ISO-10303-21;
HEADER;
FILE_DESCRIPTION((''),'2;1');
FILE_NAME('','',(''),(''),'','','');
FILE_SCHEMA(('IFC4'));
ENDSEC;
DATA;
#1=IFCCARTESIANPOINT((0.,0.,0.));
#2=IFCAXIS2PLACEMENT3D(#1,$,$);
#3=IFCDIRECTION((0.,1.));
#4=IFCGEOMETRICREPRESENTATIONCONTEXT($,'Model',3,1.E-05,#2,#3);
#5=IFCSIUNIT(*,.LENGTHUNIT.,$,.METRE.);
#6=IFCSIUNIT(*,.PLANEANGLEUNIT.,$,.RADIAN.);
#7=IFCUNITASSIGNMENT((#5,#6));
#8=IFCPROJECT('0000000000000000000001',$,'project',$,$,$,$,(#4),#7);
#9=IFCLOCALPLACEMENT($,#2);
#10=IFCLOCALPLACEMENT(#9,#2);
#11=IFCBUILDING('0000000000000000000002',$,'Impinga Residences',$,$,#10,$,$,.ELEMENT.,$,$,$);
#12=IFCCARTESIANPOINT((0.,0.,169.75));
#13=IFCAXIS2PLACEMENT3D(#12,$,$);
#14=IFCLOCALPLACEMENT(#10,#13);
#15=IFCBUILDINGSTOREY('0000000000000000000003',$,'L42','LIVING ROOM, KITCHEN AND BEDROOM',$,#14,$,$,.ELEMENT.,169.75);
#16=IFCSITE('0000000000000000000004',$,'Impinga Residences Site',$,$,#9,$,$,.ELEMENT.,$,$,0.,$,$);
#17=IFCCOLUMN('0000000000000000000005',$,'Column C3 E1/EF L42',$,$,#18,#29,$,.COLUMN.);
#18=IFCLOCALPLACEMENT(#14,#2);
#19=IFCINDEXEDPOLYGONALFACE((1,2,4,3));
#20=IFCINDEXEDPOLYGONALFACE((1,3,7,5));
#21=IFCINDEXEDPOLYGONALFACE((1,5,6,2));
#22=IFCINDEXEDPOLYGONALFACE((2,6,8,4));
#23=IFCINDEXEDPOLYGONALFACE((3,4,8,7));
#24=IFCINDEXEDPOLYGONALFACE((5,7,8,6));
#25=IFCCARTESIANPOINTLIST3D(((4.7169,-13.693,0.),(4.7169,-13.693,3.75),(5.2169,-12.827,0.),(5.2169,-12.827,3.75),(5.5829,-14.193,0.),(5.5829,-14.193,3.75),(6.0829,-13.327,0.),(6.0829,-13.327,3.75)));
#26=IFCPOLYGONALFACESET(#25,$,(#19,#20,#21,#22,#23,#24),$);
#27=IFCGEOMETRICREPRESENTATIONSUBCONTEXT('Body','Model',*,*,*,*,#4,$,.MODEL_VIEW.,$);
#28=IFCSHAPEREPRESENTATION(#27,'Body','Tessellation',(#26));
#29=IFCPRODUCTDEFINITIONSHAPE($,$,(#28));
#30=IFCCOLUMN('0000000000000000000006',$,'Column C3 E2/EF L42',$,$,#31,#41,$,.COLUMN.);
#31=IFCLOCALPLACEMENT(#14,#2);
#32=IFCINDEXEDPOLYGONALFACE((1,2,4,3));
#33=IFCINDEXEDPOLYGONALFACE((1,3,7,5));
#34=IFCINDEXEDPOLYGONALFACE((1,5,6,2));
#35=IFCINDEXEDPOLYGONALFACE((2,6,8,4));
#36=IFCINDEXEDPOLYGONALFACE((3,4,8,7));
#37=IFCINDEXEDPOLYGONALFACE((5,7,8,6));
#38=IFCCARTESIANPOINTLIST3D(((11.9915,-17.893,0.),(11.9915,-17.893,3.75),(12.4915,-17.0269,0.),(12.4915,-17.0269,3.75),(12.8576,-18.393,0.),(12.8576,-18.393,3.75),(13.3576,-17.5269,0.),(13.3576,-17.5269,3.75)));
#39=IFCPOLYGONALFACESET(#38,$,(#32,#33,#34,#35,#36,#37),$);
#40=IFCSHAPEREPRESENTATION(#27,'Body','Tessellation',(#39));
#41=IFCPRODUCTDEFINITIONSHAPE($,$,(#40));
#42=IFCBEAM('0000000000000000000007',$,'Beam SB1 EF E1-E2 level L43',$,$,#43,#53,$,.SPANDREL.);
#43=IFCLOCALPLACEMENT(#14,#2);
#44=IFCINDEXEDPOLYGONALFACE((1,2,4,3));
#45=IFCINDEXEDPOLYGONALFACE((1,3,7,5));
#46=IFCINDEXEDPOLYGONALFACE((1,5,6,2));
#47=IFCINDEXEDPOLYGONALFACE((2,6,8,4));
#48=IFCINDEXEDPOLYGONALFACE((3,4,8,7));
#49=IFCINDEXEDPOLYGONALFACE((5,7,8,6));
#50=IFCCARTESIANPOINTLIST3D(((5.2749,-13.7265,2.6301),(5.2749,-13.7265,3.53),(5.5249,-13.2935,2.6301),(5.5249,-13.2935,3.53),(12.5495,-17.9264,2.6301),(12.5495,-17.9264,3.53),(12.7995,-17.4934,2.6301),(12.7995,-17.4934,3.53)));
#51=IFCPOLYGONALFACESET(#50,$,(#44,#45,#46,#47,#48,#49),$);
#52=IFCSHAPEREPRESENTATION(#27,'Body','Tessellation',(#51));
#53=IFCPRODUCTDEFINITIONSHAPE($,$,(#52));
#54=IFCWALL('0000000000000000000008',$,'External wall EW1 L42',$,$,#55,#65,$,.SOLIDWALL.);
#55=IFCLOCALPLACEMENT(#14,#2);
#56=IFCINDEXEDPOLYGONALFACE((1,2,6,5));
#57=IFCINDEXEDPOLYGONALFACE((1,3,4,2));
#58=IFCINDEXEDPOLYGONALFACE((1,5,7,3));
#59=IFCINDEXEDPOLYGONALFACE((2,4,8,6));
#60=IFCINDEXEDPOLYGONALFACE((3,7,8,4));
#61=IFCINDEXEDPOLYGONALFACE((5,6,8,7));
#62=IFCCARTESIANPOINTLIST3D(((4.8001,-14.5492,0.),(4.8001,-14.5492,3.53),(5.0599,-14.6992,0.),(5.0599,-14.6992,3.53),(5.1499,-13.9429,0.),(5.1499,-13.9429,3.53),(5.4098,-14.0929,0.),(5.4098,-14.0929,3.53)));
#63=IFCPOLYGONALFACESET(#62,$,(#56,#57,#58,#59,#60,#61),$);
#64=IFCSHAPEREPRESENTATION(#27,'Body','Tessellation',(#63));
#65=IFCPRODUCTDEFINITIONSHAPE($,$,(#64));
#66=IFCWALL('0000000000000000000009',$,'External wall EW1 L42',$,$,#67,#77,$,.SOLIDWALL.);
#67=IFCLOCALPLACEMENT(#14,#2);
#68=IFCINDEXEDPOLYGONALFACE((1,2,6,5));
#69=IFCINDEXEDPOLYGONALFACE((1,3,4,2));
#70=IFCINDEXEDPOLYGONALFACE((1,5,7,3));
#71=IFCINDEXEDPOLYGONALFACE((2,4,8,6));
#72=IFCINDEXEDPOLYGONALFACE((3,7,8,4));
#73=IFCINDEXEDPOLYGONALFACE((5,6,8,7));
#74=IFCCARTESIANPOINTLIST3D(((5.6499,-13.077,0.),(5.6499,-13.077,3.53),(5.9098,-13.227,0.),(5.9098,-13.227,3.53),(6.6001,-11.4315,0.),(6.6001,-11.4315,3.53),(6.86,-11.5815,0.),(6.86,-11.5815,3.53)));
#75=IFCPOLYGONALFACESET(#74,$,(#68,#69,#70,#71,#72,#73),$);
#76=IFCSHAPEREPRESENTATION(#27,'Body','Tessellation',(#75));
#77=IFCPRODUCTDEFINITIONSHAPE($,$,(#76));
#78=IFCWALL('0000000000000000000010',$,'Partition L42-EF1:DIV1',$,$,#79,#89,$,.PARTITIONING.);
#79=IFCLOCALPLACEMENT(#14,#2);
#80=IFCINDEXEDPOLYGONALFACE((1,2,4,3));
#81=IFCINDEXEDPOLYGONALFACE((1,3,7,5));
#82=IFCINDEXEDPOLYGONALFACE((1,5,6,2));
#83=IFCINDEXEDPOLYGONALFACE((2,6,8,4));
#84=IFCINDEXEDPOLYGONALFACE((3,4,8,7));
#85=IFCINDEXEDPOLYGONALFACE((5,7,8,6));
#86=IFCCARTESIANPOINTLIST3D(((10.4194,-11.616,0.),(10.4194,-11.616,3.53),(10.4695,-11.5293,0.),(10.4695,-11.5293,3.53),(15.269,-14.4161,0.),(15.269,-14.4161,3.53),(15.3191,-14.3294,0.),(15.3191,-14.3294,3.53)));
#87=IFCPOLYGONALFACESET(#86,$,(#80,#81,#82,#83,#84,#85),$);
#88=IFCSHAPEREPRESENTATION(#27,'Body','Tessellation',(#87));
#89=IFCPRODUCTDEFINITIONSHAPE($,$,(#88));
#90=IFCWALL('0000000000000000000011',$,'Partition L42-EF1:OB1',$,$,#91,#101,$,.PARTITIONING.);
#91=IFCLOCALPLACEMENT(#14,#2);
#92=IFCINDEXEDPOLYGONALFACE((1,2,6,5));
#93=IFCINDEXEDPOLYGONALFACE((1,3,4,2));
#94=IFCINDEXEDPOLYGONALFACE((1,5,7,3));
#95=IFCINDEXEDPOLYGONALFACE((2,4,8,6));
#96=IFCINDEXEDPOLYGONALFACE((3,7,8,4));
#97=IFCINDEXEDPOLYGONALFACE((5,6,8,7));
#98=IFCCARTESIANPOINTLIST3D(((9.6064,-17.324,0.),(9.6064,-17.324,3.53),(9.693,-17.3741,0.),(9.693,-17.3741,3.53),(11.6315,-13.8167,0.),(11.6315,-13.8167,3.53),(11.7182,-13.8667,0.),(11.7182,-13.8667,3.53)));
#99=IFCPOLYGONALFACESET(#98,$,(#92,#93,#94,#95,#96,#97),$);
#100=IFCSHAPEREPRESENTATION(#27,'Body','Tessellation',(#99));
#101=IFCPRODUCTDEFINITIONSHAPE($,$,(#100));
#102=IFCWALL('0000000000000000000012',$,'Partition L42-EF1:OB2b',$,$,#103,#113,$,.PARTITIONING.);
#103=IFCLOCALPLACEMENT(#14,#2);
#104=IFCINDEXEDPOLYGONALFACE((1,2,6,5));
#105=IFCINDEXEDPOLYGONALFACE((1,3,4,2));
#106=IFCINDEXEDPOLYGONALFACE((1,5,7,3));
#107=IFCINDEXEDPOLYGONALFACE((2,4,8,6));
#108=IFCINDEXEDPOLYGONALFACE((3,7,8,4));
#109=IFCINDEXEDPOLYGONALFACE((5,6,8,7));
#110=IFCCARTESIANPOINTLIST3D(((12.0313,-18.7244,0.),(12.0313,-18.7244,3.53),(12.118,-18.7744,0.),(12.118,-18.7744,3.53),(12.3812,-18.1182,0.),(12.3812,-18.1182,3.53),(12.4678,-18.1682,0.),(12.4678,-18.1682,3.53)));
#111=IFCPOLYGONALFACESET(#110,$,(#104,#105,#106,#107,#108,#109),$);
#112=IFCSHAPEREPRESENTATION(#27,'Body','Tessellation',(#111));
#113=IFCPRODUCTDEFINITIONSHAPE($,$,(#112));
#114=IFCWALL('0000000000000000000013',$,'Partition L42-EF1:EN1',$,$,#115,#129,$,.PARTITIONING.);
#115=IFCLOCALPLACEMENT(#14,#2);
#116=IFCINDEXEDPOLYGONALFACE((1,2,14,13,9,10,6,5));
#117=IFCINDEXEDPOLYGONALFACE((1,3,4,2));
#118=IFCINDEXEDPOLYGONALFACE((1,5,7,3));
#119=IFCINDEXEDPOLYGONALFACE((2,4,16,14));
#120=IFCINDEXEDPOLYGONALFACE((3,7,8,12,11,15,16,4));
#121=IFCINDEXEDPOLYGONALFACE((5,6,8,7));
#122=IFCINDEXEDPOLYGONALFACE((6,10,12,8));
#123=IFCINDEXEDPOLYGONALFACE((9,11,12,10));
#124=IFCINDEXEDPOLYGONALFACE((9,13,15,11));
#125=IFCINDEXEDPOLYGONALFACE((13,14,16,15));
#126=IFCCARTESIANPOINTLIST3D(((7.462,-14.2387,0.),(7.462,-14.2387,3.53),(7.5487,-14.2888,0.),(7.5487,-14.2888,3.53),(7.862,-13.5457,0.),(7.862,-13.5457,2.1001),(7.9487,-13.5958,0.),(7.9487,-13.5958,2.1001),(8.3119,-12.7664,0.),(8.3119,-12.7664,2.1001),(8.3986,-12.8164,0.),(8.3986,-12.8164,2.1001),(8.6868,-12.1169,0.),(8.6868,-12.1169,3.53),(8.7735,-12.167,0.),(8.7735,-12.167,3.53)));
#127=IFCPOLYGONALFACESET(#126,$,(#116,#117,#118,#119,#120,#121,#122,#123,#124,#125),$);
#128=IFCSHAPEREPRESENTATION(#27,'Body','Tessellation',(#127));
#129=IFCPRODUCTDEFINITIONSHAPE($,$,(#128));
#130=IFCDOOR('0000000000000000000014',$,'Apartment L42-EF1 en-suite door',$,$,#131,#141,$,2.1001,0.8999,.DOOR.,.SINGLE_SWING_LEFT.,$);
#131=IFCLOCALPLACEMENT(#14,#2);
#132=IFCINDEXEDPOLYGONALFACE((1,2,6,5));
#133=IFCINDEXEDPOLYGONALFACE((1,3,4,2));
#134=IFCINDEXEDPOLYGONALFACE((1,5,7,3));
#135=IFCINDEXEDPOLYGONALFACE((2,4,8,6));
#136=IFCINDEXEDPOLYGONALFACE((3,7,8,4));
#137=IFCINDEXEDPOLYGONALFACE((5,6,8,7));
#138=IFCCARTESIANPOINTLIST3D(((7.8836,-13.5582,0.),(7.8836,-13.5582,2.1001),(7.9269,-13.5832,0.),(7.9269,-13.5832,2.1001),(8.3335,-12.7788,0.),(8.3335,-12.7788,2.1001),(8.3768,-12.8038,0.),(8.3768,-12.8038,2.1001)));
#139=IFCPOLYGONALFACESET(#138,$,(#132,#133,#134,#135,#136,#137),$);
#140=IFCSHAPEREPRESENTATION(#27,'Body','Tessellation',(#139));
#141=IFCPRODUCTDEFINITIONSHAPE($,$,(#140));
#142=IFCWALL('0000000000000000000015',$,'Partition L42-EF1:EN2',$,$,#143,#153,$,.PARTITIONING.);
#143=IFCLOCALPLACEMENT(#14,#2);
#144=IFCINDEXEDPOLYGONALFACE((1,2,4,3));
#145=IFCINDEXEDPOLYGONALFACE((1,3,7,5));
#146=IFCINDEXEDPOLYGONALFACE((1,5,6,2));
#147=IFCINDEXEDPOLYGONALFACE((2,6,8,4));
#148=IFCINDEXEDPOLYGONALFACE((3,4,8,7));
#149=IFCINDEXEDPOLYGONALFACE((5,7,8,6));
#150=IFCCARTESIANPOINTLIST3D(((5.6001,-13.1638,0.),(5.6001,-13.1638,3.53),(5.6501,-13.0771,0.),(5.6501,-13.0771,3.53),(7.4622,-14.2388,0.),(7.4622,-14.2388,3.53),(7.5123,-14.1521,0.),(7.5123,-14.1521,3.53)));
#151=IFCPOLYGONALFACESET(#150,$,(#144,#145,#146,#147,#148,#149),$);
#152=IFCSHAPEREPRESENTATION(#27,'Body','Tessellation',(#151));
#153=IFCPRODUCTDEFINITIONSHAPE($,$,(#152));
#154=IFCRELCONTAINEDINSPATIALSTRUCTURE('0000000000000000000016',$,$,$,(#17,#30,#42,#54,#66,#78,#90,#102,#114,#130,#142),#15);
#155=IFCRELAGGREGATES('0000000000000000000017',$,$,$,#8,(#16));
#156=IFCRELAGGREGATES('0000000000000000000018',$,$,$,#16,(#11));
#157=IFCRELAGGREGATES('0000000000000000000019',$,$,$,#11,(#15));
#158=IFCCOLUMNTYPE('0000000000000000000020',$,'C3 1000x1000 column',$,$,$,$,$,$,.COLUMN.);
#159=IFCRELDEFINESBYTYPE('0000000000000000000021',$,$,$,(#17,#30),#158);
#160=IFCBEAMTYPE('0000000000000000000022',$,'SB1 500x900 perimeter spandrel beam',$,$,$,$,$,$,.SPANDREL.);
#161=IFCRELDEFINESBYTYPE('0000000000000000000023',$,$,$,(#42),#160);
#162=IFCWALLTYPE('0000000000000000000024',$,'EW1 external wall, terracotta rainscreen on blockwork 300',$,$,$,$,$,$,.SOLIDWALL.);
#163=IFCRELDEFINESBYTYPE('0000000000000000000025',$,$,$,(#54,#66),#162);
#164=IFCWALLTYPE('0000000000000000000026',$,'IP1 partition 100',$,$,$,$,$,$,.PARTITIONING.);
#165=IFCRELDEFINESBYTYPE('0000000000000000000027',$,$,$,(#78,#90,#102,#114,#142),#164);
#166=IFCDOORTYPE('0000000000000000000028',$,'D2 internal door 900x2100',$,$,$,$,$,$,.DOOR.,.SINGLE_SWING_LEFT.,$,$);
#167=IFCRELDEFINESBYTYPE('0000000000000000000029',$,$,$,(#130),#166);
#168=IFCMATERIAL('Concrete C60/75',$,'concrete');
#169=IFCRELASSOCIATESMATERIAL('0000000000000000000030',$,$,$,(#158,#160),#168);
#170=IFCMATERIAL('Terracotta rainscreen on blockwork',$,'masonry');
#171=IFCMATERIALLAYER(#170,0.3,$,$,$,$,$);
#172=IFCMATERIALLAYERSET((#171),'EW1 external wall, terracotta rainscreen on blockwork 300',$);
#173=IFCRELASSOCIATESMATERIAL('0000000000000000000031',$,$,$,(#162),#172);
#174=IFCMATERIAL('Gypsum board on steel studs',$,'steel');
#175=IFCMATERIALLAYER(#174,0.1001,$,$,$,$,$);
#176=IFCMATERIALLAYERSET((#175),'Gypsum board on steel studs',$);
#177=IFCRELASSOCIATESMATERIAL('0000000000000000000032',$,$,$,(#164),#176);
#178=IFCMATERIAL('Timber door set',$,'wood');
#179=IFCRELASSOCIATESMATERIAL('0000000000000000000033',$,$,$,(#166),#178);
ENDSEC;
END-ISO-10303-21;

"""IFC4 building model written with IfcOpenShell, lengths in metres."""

from ifc_helpers import new_model, si_unit, direction, frame, frame_2d, origin, origin_2d, place, context, subcontext, project, spatial, rectangle, extrude, material, layer, layer_set, material_profile, profile_set, type_object, element, fill, save


model = new_model("IFC4")

# Units and contexts
model_context = context("Model", 3, precision=1e-05, world=origin(), true_north=direction((0.0, 1.0)))
body_context = subcontext(model_context, "Body", "Model", "MODEL_VIEW")
ifc_project = project(units=[si_unit("LENGTHUNIT", "METRE"), si_unit("PLANEANGLEUNIT", "RADIAN")], contexts=[model_context])

# Site, building, storey
site_placement = place(None, origin())
site = spatial("IfcSite", under=ifc_project, at=site_placement, Name="Impinga Residences Site", CompositionType="ELEMENT", RefElevation=0.0)
building_placement = place(site_placement, origin())
building = spatial("IfcBuilding", under=site, at=building_placement, Name="Impinga Residences", CompositionType="ELEMENT")
storey_placement = place(building_placement, frame((0.0, 0.0, 169.75)))
storey = spatial("IfcBuildingStorey", under=building, at=storey_placement, Name="L42", Description="LIVING ROOM, KITCHEN AND BEDROOM", CompositionType="ELEMENT", Elevation=169.75)

# Columns
ifc_material_1 = material(Name="Concrete C60/75", Category="concrete")
ifc_material_profile_1 = material_profile(ifc_material_1, rectangle(XDim=1.0, YDim=1.0, at=origin_2d()), Name="RC 1000x1000")
ifc_profile_set_1 = profile_set([ifc_material_profile_1], Name="Concrete C60/75")
column_type = type_object("IfcColumnType", Name="C3 1000x1000 column", PredefinedType="COLUMN", material=ifc_profile_set_1)
for number, where, z_axis, x_axis, name in (
    (1, (5.3999, -13.51, 0.0), (0.0, 0.0, 1.0), (-0.5, -0.866025, 0.0), "Column C3 E1/EF L42"),
    (2, (12.6746, -17.71, 0.0), (0.0, 0.0, 1.0), (-0.5, -0.866025, 0.0), "Column C3 E2/EF L42"),
):
    element("IfcColumn", number, at=place(storey_placement, frame(where, z_axis=z_axis, x_axis=x_axis)), inside=storey, type_object=column_type, Name=name, PredefinedType="COLUMN", context=body_context, shape_type="SweptSolid", body=[
        extrude(rectangle(XDim=1.0, YDim=1.0, at=origin_2d()), origin(), (0.0, 0.0, 1.0), 3.75),
    ])

# Beam
ifc_material_profile_2 = material_profile(ifc_material_1, rectangle(XDim=0.5, YDim=0.8999, at=origin_2d()), Name="RC 500x900")
ifc_profile_set_2 = profile_set([ifc_material_profile_2], Name="Concrete C60/75")
beam_type = type_object("IfcBeamType", Name="SB1 500x900 perimeter spandrel beam", PredefinedType="SPANDREL", material=ifc_profile_set_2)
beam_placement = place(storey_placement, frame((5.3999, -13.51, 3.0801), z_axis=(0.866029, -0.499993, 0.0), x_axis=(0.499993, 0.866029, 0.0)))
element("IfcBeam", 3, at=beam_placement, inside=storey, type_object=beam_type, Name="Beam SB1 EF E1-E2 level L43", PredefinedType="SPANDREL", context=body_context, shape_type="SweptSolid", body=[
    extrude(rectangle(XDim=0.5, YDim=0.8999, at=origin_2d()), origin(), (0.0, 0.0, 1.0), 8.3999),
])

# Walls
ifc_material_2 = material(Name="Terracotta rainscreen on blockwork", Category="masonry")
ifc_layer_1 = layer(ifc_material_2, 0.3)
ifc_layer_set_1 = layer_set([ifc_layer_1], Name="EW1 external wall, terracotta rainscreen on blockwork 300")
wall_type_1 = type_object("IfcWallType", Name="EW1 external wall, terracotta rainscreen on blockwork 300", PredefinedType="SOLIDWALL", material=ifc_layer_set_1)
wall_1_placement = place(storey_placement, frame((4.9299, -14.6243, 0.0), z_axis=(0.0, 0.0, 1.0), x_axis=(0.499853, 0.86611, 0.0)))
element("IfcWall", 4, at=wall_1_placement, inside=storey, type_object=wall_type_1, Name="External wall EW1 L42", PredefinedType="SOLIDWALL", context=body_context, shape_type="SweptSolid", body=[
    extrude(rectangle(XDim=0.7, YDim=0.3, at=frame_2d((0.3501, 0.0))), origin(), (0.0, 0.0, 1.0), 3.53),
])
wall_2_placement = place(storey_placement, frame((5.7798, -13.1521, 0.0), z_axis=(0.0, 0.0, 1.0), x_axis=(0.500064, 0.865989, 0.0)))
element("IfcWall", 5, at=wall_2_placement, inside=storey, type_object=wall_type_1, Name="External wall EW1 L42", PredefinedType="SOLIDWALL", context=body_context, shape_type="SweptSolid", body=[
    extrude(rectangle(XDim=1.9001, YDim=0.3, at=frame_2d((0.9502, 0.0))), origin(), (0.0, 0.0, 1.0), 3.53),
])
ifc_material_3 = material(Name="Gypsum board on steel studs", Category="steel")
ifc_layer_2 = layer(ifc_material_3, 0.1001)
ifc_layer_set_2 = layer_set([ifc_layer_2], Name="Gypsum board on steel studs")
wall_type_2 = type_object("IfcWallType", Name="IP1 partition 100", PredefinedType="PARTITIONING", material=ifc_layer_set_2)
wall_3_placement = place(storey_placement, frame((10.4446, -11.5728, 0.0), z_axis=(0.0, 0.0, 1.0), x_axis=(0.866016, -0.500017, 0.0)))
element("IfcWall", 6, at=wall_3_placement, inside=storey, type_object=wall_type_2, Name="Partition L42-EF1:DIV1", PredefinedType="PARTITIONING", context=body_context, shape_type="SweptSolid", body=[
    extrude(rectangle(XDim=5.5999, YDim=0.1001, at=frame_2d((2.7998, 0.0))), origin(), (0.0, 0.0, 1.0), 3.53),
])
wall_4_placement = place(storey_placement, frame((11.6748, -13.8418, 0.0), z_axis=(0.0, 0.0, 1.0), x_axis=(-0.500036, -0.866005, 0.0)))
element("IfcWall", 7, at=wall_4_placement, inside=storey, type_object=wall_type_2, Name="Partition L42-EF1:OB1", PredefinedType="PARTITIONING", context=body_context, shape_type="SweptSolid", body=[
    extrude(rectangle(XDim=4.05, YDim=0.1001, at=frame_2d((2.0249, 0.0))), origin(), (0.0, 0.0, 1.0), 3.53),
])
wall_5_placement = place(storey_placement, frame((12.4246, -18.1431, 0.0), z_axis=(0.0, 0.0, 1.0), x_axis=(-0.499853, -0.86611, 0.0)))
element("IfcWall", 8, at=wall_5_placement, inside=storey, type_object=wall_type_2, Name="Partition L42-EF1:OB2b", PredefinedType="PARTITIONING", context=body_context, shape_type="SweptSolid", body=[
    extrude(rectangle(XDim=0.7, YDim=0.1001, at=frame_2d((0.3501, 0.0))), origin(), (0.0, 0.0, 1.0), 3.53),
])

# Wall, opening, door
wall_6_placement = place(storey_placement, frame((8.7302, -12.1418, 0.0), z_axis=(0.0, 0.0, 1.0), x_axis=(-0.499944, -0.866058, 0.0)))
wall_6 = element("IfcWall", 9, at=wall_6_placement, inside=storey, type_object=wall_type_2, Name="Partition L42-EF1:EN1", PredefinedType="PARTITIONING", context=body_context, shape_type="SweptSolid", body=[
    extrude(rectangle(XDim=2.45, YDim=0.1001, at=frame_2d((1.2251, 0.0))), origin(), (0.0, 0.0, 1.0), 3.53),
])
opening_placement = place(wall_6_placement, frame((0.75, 0.0, 0.0)))
opening = element("IfcOpeningElement", 10, at=opening_placement, cuts=wall_6, PredefinedType="OPENING", context=body_context, shape_type="SweptSolid", body=[
    extrude(rectangle(XDim=0.8999, YDim=2.1001, at=frame_2d((0.45, 1.05))), frame((0.0, 0.0601, 0.0), z_axis=(0.0, -1.0, 0.0), x_axis=(1.0, 0.0, 0.0)), (0.0, 0.0, 1.0), 0.1201),
])
ifc_material_4 = material(Name="Timber door set", Category="wood")
door_type = type_object("IfcDoorType", Name="D2 internal door 900x2100", OperationType="SINGLE_SWING_LEFT", PredefinedType="DOOR", material=ifc_material_4)
door_placement = place(opening_placement, origin())
door = element("IfcDoor", 11, at=door_placement, inside=storey, type_object=door_type, Name="Apartment L42-EF1 en-suite door", OperationType="SINGLE_SWING_LEFT", OverallHeight=2.1001, OverallWidth=0.8999, PredefinedType="DOOR", context=body_context, shape_type="SweptSolid", body=[
    extrude(rectangle(XDim=0.8999, YDim=2.1001, at=frame_2d((0.45, 1.05))), frame((0.0, 0.0249, 0.0), z_axis=(0.0, -1.0, 0.0), x_axis=(1.0, 0.0, 0.0)), (0.0, 0.0, 1.0), 0.05),
])
fill(opening, door)

# Wall
wall_7_placement = place(storey_placement, frame((5.625, -13.1204, 0.0), z_axis=(0.0, 0.0, 1.0), x_axis=(0.866048, -0.499962, 0.0)))
element("IfcWall", 12, at=wall_7_placement, inside=storey, type_object=wall_type_2, Name="Partition L42-EF1:EN2", PredefinedType="PARTITIONING", context=body_context, shape_type="SweptSolid", body=[
    extrude(rectangle(XDim=2.1501, YDim=0.1001, at=frame_2d((1.0752, 0.0))), origin(), (0.0, 0.0, 1.0), 3.53),
])

save(model, "model.ifc")
